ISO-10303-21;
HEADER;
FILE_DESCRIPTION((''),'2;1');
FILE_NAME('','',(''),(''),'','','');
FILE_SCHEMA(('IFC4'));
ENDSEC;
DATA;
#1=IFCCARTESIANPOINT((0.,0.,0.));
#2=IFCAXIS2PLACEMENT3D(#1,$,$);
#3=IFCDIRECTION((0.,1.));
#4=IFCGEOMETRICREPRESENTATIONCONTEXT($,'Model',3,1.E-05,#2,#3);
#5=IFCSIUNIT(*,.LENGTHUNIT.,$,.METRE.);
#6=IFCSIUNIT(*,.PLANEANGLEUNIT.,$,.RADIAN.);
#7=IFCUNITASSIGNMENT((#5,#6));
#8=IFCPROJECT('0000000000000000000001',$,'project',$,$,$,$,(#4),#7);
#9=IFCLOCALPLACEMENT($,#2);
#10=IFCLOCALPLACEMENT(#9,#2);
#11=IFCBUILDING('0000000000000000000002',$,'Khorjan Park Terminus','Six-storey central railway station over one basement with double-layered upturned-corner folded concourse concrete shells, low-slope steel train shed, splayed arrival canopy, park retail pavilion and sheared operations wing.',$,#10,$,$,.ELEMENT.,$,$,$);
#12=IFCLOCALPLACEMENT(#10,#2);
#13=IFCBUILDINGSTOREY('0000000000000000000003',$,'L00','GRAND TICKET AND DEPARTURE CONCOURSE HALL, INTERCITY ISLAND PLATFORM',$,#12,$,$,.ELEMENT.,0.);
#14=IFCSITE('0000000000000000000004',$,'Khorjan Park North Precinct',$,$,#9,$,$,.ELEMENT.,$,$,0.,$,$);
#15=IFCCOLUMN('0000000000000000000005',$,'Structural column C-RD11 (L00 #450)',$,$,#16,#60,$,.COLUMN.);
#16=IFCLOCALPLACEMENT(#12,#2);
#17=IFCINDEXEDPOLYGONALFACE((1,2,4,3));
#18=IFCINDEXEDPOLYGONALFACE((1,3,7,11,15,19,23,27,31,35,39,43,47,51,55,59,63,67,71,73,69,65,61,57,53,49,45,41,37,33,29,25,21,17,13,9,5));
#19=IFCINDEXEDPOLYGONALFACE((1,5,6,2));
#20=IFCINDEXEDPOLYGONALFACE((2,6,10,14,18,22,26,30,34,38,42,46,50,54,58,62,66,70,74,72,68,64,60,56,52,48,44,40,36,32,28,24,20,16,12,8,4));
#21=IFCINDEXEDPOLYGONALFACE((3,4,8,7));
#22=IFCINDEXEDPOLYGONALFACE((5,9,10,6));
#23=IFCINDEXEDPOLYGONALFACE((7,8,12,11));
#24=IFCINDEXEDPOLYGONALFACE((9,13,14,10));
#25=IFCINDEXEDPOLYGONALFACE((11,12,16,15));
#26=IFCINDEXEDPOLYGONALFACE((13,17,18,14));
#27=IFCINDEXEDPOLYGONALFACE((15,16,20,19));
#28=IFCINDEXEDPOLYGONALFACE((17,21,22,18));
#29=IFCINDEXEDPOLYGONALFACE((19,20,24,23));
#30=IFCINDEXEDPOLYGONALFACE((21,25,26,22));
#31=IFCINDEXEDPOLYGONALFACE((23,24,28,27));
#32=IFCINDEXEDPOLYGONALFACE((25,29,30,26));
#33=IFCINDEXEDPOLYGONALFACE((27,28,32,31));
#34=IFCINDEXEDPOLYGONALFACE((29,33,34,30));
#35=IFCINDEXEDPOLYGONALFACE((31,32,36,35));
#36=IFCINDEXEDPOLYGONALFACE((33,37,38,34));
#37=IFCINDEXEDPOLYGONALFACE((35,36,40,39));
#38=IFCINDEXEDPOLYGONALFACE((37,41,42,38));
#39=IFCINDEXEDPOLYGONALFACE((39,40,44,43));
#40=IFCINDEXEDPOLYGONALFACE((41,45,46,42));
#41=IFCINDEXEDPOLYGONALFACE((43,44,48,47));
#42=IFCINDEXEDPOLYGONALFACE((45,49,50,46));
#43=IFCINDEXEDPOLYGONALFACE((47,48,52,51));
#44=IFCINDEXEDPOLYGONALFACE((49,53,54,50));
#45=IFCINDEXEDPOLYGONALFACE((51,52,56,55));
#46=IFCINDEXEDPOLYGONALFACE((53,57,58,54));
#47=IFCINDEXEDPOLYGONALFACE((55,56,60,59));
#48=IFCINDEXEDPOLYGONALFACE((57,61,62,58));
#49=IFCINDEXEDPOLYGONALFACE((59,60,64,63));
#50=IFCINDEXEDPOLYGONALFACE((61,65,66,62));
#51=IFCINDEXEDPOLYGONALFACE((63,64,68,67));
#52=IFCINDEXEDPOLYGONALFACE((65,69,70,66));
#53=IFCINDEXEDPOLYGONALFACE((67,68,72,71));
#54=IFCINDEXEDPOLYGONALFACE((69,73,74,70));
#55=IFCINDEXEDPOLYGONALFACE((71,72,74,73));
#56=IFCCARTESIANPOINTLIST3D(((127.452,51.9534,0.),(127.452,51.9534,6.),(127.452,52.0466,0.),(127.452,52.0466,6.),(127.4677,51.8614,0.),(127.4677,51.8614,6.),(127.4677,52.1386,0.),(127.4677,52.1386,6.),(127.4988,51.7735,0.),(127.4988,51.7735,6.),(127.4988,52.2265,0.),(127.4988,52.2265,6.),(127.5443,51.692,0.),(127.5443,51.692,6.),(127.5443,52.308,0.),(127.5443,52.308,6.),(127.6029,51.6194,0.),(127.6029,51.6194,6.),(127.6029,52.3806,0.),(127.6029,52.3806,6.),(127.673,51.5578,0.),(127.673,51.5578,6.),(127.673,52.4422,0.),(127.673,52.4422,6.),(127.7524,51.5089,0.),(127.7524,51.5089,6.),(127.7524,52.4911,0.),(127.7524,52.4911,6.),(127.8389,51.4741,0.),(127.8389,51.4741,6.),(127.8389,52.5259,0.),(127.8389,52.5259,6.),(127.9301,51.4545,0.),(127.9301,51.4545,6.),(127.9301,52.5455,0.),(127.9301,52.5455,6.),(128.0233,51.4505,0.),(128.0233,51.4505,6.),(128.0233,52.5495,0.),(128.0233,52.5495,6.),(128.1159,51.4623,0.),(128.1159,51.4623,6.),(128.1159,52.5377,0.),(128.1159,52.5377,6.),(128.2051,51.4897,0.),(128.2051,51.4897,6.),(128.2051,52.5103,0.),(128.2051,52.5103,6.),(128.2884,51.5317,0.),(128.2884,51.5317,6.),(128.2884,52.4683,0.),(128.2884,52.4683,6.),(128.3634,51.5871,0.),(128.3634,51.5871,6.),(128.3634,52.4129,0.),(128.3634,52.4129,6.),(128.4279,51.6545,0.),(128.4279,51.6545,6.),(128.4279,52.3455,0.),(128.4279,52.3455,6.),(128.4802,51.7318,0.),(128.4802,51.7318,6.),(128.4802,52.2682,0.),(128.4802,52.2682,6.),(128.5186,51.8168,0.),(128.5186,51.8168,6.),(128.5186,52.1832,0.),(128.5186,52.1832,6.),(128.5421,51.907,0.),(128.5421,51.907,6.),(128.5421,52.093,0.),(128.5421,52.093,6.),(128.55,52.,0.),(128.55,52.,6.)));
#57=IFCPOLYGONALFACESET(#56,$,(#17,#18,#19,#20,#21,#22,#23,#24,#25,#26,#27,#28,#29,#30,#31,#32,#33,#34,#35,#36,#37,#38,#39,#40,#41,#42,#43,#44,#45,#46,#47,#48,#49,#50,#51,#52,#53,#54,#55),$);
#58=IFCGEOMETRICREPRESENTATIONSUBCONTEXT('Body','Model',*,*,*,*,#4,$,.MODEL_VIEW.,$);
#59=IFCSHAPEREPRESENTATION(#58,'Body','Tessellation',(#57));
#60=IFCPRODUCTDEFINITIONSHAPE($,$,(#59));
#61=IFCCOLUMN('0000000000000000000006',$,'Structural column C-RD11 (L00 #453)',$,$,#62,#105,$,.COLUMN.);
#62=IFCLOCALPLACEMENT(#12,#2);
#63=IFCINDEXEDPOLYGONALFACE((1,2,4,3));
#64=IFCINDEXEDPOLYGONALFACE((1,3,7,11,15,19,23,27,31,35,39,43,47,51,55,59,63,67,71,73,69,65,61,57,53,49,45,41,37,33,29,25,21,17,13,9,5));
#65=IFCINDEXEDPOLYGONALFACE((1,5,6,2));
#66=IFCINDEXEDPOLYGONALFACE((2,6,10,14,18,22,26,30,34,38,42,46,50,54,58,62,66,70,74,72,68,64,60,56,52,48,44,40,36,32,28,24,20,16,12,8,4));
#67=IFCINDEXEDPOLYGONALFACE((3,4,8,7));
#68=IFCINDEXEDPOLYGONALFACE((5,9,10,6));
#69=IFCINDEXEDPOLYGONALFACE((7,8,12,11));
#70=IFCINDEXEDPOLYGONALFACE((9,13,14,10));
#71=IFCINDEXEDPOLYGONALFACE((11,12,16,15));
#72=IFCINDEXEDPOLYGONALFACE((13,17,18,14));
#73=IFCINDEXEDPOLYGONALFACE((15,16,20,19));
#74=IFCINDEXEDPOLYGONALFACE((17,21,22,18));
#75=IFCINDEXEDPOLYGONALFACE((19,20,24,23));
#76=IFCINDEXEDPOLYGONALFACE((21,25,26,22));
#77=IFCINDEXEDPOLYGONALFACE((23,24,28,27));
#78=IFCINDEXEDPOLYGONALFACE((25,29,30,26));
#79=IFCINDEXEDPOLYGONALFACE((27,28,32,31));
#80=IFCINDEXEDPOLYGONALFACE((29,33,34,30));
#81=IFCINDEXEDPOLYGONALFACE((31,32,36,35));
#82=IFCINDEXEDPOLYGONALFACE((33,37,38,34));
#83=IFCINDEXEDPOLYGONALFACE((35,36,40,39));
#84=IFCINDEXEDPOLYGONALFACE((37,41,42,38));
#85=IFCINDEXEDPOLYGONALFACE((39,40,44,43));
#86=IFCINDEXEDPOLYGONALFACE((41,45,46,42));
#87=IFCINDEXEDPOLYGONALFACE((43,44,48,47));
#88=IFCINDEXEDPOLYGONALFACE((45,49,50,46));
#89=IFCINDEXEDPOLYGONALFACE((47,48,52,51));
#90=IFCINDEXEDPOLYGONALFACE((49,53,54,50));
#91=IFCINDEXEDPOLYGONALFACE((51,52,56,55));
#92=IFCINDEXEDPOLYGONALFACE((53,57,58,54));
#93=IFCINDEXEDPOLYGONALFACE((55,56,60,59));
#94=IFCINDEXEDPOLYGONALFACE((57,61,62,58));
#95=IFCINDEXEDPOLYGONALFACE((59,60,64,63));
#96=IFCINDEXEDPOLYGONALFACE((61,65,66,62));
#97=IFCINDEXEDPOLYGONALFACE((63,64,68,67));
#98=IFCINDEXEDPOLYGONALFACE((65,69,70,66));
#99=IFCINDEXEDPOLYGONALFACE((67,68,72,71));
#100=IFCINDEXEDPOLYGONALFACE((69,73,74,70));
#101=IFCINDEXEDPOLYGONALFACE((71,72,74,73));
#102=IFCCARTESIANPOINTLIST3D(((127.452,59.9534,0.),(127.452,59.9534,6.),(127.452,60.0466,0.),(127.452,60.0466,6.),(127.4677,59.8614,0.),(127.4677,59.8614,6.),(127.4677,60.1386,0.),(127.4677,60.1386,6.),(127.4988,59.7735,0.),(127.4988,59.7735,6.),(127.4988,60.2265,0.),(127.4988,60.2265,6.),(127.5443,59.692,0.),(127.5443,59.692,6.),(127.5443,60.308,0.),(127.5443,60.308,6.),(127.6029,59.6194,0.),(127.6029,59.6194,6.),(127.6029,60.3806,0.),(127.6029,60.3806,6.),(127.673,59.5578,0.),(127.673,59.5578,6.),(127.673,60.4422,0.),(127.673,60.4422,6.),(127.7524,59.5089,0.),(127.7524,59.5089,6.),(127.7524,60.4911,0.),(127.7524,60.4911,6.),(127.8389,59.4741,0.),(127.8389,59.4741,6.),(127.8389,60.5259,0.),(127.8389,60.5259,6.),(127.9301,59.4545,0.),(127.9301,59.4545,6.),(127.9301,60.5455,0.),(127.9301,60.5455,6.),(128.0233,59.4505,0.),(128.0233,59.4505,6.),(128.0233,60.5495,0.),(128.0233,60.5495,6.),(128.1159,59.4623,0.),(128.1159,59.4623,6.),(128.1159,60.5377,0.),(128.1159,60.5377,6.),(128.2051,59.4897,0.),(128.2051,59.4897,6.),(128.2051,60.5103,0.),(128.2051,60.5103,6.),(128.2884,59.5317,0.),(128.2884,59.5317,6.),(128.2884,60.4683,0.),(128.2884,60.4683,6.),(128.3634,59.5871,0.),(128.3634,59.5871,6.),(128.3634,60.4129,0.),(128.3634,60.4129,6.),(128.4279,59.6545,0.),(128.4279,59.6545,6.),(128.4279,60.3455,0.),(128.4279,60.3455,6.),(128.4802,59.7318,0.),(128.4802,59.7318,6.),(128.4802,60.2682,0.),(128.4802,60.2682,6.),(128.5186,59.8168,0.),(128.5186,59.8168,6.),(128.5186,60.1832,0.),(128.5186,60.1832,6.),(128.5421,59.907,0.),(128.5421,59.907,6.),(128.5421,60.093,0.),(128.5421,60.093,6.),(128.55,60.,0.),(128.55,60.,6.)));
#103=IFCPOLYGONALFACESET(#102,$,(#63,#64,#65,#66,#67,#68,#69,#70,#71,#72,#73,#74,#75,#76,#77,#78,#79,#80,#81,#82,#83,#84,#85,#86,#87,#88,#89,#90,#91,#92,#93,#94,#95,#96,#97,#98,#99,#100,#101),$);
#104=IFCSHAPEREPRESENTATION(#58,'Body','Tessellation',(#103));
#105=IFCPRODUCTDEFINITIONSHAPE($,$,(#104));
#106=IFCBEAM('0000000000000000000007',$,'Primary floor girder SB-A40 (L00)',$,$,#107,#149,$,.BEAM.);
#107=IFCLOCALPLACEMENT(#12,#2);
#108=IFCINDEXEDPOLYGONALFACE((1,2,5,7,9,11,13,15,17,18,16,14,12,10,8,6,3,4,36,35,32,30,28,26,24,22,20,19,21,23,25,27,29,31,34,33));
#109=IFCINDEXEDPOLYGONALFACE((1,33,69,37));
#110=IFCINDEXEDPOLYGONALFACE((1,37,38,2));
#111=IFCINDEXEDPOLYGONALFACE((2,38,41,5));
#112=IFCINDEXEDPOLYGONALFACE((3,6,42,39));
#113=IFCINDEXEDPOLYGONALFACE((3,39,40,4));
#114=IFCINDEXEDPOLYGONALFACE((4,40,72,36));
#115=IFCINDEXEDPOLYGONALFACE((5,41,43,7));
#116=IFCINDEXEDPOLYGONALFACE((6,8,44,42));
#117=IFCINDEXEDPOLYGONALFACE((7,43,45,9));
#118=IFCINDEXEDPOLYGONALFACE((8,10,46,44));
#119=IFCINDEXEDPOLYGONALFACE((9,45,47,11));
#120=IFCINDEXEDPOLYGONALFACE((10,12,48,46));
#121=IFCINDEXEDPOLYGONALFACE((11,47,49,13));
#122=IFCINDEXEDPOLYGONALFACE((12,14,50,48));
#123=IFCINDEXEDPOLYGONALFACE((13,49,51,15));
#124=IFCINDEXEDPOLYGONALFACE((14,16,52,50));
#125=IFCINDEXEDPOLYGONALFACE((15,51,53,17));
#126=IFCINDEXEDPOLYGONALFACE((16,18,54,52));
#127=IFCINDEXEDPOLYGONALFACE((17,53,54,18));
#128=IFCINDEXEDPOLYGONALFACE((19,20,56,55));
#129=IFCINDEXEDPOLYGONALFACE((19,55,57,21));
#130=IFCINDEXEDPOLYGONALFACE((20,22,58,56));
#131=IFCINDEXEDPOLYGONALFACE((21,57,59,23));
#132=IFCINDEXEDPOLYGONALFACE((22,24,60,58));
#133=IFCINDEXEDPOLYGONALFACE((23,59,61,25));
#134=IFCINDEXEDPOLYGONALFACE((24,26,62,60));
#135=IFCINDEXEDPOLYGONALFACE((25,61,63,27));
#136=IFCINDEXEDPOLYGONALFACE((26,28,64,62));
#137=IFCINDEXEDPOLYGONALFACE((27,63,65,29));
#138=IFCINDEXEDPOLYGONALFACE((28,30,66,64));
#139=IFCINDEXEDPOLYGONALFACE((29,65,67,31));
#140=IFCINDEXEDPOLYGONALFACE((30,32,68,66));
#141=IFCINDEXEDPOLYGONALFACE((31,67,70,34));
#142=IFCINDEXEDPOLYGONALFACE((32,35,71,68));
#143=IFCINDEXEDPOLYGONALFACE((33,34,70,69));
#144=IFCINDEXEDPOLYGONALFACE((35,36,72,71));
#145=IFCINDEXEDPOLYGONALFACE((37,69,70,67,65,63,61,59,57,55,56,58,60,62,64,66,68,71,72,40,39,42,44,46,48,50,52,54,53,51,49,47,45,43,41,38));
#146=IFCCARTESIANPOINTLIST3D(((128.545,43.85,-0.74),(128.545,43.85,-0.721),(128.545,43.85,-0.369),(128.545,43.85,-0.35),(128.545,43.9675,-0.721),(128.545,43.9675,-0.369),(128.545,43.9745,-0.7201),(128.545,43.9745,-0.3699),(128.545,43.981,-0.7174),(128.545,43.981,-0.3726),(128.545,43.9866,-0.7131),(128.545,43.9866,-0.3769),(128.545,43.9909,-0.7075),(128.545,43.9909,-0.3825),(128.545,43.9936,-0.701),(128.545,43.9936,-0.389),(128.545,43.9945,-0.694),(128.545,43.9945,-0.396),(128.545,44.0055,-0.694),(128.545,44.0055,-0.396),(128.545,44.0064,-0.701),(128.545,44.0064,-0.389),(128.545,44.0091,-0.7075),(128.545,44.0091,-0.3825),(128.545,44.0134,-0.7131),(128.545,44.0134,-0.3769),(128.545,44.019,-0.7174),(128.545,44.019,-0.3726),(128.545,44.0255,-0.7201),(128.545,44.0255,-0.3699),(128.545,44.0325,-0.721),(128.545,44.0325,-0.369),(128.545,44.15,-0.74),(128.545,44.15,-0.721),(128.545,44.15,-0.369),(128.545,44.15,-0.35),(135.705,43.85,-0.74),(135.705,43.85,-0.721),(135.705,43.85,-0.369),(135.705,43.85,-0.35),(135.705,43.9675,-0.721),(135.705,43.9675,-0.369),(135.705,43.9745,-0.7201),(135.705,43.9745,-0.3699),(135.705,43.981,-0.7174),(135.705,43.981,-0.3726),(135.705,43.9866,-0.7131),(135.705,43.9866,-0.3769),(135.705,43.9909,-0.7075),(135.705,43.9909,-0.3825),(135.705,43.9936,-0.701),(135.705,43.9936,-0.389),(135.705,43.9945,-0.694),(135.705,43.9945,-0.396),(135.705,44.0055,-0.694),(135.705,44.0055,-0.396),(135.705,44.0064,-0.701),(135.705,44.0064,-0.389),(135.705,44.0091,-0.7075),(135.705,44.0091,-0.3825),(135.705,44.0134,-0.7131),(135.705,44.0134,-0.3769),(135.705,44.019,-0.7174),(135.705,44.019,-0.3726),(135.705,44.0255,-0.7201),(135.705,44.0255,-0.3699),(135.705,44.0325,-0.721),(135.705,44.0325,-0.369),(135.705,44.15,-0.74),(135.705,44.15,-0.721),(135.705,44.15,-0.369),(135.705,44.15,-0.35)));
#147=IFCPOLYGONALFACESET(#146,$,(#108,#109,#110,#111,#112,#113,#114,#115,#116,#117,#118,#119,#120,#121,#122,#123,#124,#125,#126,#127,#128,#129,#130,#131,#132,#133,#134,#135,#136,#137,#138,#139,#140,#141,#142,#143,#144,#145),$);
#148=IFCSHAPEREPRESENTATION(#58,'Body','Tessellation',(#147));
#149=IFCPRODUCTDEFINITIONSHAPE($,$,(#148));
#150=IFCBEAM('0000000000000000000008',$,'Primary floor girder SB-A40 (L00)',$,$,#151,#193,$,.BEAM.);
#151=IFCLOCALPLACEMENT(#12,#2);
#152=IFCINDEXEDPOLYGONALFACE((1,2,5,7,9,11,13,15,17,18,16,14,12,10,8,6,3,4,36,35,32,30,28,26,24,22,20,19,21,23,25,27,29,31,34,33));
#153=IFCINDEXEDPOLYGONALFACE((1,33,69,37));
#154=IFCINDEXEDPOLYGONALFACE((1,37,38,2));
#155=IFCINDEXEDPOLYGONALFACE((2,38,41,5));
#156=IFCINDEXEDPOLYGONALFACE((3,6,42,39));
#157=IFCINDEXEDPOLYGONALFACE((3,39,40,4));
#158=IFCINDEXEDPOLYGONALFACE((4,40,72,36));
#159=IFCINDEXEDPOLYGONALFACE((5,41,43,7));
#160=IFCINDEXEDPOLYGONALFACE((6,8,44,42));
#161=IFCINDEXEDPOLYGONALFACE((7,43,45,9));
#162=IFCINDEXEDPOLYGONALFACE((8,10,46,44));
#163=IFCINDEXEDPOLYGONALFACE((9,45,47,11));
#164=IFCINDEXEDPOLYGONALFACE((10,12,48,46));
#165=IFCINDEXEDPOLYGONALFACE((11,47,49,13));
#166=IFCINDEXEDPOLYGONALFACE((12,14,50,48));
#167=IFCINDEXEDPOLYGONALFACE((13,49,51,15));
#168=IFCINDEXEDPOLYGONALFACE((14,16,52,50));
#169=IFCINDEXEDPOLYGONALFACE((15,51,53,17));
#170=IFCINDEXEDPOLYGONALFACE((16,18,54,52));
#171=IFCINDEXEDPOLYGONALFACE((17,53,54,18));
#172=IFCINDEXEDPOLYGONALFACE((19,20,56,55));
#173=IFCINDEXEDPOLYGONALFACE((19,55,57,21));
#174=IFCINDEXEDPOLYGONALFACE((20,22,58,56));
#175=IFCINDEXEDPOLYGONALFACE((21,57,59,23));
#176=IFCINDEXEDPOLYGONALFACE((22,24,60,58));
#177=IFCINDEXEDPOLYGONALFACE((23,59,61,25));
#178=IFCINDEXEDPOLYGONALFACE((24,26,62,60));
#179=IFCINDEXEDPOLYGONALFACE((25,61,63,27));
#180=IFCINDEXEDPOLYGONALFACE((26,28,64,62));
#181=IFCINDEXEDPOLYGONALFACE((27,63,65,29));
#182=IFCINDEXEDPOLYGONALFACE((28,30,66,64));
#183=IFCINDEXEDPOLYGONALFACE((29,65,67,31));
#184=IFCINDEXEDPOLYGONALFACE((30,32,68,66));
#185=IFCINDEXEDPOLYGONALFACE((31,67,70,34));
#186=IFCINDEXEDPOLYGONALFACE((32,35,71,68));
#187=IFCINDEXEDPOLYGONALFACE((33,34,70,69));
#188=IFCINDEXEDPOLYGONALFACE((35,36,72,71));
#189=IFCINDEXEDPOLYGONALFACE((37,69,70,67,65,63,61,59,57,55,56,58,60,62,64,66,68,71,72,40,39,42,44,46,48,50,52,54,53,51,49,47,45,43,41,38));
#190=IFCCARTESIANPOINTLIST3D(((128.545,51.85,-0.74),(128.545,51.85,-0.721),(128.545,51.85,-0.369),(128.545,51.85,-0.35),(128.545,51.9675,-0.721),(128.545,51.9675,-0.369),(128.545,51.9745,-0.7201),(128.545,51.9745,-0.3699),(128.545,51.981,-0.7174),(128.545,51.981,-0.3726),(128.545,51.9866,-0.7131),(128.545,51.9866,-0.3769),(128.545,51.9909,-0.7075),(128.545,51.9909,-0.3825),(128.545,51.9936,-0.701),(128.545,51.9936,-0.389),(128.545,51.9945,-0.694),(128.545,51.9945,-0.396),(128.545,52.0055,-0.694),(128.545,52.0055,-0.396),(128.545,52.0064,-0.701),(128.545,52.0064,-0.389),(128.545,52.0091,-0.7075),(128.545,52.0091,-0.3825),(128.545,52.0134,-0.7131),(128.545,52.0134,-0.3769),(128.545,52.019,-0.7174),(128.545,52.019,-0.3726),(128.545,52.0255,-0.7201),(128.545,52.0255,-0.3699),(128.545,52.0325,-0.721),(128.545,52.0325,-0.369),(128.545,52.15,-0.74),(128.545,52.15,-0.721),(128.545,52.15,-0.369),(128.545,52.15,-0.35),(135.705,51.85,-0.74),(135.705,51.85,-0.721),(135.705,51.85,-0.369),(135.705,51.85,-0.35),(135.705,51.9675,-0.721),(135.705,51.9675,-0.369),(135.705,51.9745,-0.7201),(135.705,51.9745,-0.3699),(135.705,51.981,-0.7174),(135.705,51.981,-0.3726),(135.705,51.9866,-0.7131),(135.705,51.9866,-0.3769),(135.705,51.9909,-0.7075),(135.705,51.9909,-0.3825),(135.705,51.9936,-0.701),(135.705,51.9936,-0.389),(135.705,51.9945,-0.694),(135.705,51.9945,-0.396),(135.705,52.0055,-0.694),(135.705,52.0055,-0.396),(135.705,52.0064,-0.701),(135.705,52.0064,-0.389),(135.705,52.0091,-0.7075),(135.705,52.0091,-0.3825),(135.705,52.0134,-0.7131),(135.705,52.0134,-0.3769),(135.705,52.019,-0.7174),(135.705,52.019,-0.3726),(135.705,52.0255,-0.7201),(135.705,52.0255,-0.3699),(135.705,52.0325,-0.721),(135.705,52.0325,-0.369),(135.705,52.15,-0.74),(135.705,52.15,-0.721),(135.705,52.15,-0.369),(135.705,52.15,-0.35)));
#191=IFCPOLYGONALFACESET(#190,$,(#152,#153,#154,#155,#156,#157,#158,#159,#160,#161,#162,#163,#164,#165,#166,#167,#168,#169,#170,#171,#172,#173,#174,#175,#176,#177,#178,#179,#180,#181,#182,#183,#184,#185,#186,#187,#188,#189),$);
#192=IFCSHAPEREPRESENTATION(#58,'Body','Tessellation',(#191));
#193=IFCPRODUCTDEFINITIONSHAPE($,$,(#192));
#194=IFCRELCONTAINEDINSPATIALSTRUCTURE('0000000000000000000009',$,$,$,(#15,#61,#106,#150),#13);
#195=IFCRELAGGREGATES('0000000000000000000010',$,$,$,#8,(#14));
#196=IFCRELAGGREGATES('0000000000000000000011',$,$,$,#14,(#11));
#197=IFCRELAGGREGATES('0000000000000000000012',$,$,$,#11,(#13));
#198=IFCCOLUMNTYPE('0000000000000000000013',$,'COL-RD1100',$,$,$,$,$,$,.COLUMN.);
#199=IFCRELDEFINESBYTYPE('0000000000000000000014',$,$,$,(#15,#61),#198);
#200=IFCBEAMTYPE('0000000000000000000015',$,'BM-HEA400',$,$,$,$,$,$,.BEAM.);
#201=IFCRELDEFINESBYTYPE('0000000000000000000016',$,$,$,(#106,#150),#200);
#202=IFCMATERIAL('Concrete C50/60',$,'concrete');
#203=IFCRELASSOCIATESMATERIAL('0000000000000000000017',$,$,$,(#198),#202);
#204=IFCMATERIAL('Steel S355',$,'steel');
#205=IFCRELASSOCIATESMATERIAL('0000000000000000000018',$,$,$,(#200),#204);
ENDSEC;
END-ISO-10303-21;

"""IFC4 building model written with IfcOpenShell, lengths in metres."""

from ifc_helpers import new_model, si_unit, direction, frame, origin, origin_2d, place, context, subcontext, project, spatial, circle, i_section, extrude, material, material_profile, profile_set, type_object, element, save


model = new_model("IFC4")

# Units and contexts
model_context = context("Model", 3, precision=1e-05, world=origin(), true_north=direction((0.0, 1.0)))
body_context = subcontext(model_context, "Body", "Model", "MODEL_VIEW")
ifc_project = project(units=[si_unit("LENGTHUNIT", "METRE"), si_unit("PLANEANGLEUNIT", "RADIAN")], contexts=[model_context])

# Site, building, storey
site_placement = place(None, origin())
site = spatial("IfcSite", under=ifc_project, at=site_placement, Name="Khorjan Park North Precinct", CompositionType="ELEMENT", RefElevation=0.0)
building_placement = place(site_placement, origin())
building = spatial("IfcBuilding", under=site, at=building_placement, Name="Khorjan Park Terminus", Description="Six-storey central railway station over one basement with double-layered upturned-corner folded concourse concrete shells, low-slope steel train shed, splayed arrival canopy, park retail pavilion and sheared operations wing.", CompositionType="ELEMENT")
storey_placement = place(building_placement, origin())
storey = spatial("IfcBuildingStorey", under=building, at=storey_placement, Name="L00", Description="GRAND TICKET AND DEPARTURE CONCOURSE HALL, INTERCITY ISLAND PLATFORM", CompositionType="ELEMENT", Elevation=0.0)

# Columns
ifc_material_1 = material(Name="Steel S355", Category="steel")
ifc_material_2 = material(Name="Concrete C50/60", Category="concrete")
ifc_material_profile_1 = material_profile(ifc_material_2, circle(Radius=0.55, at=origin_2d()), Name="RC D1100")
ifc_profile_set_1 = profile_set([ifc_material_profile_1], Name="Concrete C50/60")
column_type_1 = type_object("IfcColumnType", Name="COL-RD1100", PredefinedType="COLUMN", material=ifc_profile_set_1)
for number, where, z_axis, x_axis, name in (
    (1, (128.0, 52.0, 0.0), (0.0, 0.0, 1.0), (1.0, 0.0, 0.0), "Structural column C-RD11 (L00 #450)"),
    (2, (128.0, 60.0, 0.0), (0.0, 0.0, 1.0), (1.0, 0.0, 0.0), "Structural column C-RD11 (L00 #453)"),
):
    element("IfcColumn", number, at=place(storey_placement, frame(where, z_axis=z_axis, x_axis=x_axis)), inside=storey, type_object=column_type_1, Name=name, PredefinedType="COLUMN", context=body_context, shape_type="SweptSolid", body=[
        extrude(circle(Radius=0.55, at=origin_2d()), origin(), (0.0, 0.0, 1.0), 6.0),
    ])

# Beams
ifc_material_profile_2 = material_profile(ifc_material_1, i_section(OverallWidth=0.3, OverallDepth=0.39, WebThickness=0.011, FlangeThickness=0.019, FilletRadius=0.027, at=origin_2d()), Name="HEA 400")
ifc_profile_set_2 = profile_set([ifc_material_profile_2], Name="Steel S355")
beam_type_1 = type_object("IfcBeamType", Name="BM-HEA400", PredefinedType="BEAM", material=ifc_profile_set_2)
for number, where, z_axis, x_axis, name in (
    (3, (128.545, 44.0, -0.545), (1.0, 0.0, 0.0), (0.0, 1.0, 0.0), "Primary floor girder SB-A40 (L00)"),
    (4, (128.545, 52.0, -0.545), (1.0, 0.0, 0.0), (0.0, 1.0, 0.0), "Primary floor girder SB-A40 (L00)"),
):
    element("IfcBeam", number, at=place(storey_placement, frame(where, z_axis=z_axis, x_axis=x_axis)), inside=storey, type_object=beam_type_1, Name=name, PredefinedType="BEAM", context=body_context, shape_type="SweptSolid", body=[
        extrude(i_section(OverallWidth=0.3, OverallDepth=0.39, WebThickness=0.011, FlangeThickness=0.019, FilletRadius=0.027, at=origin_2d()), origin(), (0.0, 0.0, 1.0), 7.16),
    ])

save(model, "model.ifc")
